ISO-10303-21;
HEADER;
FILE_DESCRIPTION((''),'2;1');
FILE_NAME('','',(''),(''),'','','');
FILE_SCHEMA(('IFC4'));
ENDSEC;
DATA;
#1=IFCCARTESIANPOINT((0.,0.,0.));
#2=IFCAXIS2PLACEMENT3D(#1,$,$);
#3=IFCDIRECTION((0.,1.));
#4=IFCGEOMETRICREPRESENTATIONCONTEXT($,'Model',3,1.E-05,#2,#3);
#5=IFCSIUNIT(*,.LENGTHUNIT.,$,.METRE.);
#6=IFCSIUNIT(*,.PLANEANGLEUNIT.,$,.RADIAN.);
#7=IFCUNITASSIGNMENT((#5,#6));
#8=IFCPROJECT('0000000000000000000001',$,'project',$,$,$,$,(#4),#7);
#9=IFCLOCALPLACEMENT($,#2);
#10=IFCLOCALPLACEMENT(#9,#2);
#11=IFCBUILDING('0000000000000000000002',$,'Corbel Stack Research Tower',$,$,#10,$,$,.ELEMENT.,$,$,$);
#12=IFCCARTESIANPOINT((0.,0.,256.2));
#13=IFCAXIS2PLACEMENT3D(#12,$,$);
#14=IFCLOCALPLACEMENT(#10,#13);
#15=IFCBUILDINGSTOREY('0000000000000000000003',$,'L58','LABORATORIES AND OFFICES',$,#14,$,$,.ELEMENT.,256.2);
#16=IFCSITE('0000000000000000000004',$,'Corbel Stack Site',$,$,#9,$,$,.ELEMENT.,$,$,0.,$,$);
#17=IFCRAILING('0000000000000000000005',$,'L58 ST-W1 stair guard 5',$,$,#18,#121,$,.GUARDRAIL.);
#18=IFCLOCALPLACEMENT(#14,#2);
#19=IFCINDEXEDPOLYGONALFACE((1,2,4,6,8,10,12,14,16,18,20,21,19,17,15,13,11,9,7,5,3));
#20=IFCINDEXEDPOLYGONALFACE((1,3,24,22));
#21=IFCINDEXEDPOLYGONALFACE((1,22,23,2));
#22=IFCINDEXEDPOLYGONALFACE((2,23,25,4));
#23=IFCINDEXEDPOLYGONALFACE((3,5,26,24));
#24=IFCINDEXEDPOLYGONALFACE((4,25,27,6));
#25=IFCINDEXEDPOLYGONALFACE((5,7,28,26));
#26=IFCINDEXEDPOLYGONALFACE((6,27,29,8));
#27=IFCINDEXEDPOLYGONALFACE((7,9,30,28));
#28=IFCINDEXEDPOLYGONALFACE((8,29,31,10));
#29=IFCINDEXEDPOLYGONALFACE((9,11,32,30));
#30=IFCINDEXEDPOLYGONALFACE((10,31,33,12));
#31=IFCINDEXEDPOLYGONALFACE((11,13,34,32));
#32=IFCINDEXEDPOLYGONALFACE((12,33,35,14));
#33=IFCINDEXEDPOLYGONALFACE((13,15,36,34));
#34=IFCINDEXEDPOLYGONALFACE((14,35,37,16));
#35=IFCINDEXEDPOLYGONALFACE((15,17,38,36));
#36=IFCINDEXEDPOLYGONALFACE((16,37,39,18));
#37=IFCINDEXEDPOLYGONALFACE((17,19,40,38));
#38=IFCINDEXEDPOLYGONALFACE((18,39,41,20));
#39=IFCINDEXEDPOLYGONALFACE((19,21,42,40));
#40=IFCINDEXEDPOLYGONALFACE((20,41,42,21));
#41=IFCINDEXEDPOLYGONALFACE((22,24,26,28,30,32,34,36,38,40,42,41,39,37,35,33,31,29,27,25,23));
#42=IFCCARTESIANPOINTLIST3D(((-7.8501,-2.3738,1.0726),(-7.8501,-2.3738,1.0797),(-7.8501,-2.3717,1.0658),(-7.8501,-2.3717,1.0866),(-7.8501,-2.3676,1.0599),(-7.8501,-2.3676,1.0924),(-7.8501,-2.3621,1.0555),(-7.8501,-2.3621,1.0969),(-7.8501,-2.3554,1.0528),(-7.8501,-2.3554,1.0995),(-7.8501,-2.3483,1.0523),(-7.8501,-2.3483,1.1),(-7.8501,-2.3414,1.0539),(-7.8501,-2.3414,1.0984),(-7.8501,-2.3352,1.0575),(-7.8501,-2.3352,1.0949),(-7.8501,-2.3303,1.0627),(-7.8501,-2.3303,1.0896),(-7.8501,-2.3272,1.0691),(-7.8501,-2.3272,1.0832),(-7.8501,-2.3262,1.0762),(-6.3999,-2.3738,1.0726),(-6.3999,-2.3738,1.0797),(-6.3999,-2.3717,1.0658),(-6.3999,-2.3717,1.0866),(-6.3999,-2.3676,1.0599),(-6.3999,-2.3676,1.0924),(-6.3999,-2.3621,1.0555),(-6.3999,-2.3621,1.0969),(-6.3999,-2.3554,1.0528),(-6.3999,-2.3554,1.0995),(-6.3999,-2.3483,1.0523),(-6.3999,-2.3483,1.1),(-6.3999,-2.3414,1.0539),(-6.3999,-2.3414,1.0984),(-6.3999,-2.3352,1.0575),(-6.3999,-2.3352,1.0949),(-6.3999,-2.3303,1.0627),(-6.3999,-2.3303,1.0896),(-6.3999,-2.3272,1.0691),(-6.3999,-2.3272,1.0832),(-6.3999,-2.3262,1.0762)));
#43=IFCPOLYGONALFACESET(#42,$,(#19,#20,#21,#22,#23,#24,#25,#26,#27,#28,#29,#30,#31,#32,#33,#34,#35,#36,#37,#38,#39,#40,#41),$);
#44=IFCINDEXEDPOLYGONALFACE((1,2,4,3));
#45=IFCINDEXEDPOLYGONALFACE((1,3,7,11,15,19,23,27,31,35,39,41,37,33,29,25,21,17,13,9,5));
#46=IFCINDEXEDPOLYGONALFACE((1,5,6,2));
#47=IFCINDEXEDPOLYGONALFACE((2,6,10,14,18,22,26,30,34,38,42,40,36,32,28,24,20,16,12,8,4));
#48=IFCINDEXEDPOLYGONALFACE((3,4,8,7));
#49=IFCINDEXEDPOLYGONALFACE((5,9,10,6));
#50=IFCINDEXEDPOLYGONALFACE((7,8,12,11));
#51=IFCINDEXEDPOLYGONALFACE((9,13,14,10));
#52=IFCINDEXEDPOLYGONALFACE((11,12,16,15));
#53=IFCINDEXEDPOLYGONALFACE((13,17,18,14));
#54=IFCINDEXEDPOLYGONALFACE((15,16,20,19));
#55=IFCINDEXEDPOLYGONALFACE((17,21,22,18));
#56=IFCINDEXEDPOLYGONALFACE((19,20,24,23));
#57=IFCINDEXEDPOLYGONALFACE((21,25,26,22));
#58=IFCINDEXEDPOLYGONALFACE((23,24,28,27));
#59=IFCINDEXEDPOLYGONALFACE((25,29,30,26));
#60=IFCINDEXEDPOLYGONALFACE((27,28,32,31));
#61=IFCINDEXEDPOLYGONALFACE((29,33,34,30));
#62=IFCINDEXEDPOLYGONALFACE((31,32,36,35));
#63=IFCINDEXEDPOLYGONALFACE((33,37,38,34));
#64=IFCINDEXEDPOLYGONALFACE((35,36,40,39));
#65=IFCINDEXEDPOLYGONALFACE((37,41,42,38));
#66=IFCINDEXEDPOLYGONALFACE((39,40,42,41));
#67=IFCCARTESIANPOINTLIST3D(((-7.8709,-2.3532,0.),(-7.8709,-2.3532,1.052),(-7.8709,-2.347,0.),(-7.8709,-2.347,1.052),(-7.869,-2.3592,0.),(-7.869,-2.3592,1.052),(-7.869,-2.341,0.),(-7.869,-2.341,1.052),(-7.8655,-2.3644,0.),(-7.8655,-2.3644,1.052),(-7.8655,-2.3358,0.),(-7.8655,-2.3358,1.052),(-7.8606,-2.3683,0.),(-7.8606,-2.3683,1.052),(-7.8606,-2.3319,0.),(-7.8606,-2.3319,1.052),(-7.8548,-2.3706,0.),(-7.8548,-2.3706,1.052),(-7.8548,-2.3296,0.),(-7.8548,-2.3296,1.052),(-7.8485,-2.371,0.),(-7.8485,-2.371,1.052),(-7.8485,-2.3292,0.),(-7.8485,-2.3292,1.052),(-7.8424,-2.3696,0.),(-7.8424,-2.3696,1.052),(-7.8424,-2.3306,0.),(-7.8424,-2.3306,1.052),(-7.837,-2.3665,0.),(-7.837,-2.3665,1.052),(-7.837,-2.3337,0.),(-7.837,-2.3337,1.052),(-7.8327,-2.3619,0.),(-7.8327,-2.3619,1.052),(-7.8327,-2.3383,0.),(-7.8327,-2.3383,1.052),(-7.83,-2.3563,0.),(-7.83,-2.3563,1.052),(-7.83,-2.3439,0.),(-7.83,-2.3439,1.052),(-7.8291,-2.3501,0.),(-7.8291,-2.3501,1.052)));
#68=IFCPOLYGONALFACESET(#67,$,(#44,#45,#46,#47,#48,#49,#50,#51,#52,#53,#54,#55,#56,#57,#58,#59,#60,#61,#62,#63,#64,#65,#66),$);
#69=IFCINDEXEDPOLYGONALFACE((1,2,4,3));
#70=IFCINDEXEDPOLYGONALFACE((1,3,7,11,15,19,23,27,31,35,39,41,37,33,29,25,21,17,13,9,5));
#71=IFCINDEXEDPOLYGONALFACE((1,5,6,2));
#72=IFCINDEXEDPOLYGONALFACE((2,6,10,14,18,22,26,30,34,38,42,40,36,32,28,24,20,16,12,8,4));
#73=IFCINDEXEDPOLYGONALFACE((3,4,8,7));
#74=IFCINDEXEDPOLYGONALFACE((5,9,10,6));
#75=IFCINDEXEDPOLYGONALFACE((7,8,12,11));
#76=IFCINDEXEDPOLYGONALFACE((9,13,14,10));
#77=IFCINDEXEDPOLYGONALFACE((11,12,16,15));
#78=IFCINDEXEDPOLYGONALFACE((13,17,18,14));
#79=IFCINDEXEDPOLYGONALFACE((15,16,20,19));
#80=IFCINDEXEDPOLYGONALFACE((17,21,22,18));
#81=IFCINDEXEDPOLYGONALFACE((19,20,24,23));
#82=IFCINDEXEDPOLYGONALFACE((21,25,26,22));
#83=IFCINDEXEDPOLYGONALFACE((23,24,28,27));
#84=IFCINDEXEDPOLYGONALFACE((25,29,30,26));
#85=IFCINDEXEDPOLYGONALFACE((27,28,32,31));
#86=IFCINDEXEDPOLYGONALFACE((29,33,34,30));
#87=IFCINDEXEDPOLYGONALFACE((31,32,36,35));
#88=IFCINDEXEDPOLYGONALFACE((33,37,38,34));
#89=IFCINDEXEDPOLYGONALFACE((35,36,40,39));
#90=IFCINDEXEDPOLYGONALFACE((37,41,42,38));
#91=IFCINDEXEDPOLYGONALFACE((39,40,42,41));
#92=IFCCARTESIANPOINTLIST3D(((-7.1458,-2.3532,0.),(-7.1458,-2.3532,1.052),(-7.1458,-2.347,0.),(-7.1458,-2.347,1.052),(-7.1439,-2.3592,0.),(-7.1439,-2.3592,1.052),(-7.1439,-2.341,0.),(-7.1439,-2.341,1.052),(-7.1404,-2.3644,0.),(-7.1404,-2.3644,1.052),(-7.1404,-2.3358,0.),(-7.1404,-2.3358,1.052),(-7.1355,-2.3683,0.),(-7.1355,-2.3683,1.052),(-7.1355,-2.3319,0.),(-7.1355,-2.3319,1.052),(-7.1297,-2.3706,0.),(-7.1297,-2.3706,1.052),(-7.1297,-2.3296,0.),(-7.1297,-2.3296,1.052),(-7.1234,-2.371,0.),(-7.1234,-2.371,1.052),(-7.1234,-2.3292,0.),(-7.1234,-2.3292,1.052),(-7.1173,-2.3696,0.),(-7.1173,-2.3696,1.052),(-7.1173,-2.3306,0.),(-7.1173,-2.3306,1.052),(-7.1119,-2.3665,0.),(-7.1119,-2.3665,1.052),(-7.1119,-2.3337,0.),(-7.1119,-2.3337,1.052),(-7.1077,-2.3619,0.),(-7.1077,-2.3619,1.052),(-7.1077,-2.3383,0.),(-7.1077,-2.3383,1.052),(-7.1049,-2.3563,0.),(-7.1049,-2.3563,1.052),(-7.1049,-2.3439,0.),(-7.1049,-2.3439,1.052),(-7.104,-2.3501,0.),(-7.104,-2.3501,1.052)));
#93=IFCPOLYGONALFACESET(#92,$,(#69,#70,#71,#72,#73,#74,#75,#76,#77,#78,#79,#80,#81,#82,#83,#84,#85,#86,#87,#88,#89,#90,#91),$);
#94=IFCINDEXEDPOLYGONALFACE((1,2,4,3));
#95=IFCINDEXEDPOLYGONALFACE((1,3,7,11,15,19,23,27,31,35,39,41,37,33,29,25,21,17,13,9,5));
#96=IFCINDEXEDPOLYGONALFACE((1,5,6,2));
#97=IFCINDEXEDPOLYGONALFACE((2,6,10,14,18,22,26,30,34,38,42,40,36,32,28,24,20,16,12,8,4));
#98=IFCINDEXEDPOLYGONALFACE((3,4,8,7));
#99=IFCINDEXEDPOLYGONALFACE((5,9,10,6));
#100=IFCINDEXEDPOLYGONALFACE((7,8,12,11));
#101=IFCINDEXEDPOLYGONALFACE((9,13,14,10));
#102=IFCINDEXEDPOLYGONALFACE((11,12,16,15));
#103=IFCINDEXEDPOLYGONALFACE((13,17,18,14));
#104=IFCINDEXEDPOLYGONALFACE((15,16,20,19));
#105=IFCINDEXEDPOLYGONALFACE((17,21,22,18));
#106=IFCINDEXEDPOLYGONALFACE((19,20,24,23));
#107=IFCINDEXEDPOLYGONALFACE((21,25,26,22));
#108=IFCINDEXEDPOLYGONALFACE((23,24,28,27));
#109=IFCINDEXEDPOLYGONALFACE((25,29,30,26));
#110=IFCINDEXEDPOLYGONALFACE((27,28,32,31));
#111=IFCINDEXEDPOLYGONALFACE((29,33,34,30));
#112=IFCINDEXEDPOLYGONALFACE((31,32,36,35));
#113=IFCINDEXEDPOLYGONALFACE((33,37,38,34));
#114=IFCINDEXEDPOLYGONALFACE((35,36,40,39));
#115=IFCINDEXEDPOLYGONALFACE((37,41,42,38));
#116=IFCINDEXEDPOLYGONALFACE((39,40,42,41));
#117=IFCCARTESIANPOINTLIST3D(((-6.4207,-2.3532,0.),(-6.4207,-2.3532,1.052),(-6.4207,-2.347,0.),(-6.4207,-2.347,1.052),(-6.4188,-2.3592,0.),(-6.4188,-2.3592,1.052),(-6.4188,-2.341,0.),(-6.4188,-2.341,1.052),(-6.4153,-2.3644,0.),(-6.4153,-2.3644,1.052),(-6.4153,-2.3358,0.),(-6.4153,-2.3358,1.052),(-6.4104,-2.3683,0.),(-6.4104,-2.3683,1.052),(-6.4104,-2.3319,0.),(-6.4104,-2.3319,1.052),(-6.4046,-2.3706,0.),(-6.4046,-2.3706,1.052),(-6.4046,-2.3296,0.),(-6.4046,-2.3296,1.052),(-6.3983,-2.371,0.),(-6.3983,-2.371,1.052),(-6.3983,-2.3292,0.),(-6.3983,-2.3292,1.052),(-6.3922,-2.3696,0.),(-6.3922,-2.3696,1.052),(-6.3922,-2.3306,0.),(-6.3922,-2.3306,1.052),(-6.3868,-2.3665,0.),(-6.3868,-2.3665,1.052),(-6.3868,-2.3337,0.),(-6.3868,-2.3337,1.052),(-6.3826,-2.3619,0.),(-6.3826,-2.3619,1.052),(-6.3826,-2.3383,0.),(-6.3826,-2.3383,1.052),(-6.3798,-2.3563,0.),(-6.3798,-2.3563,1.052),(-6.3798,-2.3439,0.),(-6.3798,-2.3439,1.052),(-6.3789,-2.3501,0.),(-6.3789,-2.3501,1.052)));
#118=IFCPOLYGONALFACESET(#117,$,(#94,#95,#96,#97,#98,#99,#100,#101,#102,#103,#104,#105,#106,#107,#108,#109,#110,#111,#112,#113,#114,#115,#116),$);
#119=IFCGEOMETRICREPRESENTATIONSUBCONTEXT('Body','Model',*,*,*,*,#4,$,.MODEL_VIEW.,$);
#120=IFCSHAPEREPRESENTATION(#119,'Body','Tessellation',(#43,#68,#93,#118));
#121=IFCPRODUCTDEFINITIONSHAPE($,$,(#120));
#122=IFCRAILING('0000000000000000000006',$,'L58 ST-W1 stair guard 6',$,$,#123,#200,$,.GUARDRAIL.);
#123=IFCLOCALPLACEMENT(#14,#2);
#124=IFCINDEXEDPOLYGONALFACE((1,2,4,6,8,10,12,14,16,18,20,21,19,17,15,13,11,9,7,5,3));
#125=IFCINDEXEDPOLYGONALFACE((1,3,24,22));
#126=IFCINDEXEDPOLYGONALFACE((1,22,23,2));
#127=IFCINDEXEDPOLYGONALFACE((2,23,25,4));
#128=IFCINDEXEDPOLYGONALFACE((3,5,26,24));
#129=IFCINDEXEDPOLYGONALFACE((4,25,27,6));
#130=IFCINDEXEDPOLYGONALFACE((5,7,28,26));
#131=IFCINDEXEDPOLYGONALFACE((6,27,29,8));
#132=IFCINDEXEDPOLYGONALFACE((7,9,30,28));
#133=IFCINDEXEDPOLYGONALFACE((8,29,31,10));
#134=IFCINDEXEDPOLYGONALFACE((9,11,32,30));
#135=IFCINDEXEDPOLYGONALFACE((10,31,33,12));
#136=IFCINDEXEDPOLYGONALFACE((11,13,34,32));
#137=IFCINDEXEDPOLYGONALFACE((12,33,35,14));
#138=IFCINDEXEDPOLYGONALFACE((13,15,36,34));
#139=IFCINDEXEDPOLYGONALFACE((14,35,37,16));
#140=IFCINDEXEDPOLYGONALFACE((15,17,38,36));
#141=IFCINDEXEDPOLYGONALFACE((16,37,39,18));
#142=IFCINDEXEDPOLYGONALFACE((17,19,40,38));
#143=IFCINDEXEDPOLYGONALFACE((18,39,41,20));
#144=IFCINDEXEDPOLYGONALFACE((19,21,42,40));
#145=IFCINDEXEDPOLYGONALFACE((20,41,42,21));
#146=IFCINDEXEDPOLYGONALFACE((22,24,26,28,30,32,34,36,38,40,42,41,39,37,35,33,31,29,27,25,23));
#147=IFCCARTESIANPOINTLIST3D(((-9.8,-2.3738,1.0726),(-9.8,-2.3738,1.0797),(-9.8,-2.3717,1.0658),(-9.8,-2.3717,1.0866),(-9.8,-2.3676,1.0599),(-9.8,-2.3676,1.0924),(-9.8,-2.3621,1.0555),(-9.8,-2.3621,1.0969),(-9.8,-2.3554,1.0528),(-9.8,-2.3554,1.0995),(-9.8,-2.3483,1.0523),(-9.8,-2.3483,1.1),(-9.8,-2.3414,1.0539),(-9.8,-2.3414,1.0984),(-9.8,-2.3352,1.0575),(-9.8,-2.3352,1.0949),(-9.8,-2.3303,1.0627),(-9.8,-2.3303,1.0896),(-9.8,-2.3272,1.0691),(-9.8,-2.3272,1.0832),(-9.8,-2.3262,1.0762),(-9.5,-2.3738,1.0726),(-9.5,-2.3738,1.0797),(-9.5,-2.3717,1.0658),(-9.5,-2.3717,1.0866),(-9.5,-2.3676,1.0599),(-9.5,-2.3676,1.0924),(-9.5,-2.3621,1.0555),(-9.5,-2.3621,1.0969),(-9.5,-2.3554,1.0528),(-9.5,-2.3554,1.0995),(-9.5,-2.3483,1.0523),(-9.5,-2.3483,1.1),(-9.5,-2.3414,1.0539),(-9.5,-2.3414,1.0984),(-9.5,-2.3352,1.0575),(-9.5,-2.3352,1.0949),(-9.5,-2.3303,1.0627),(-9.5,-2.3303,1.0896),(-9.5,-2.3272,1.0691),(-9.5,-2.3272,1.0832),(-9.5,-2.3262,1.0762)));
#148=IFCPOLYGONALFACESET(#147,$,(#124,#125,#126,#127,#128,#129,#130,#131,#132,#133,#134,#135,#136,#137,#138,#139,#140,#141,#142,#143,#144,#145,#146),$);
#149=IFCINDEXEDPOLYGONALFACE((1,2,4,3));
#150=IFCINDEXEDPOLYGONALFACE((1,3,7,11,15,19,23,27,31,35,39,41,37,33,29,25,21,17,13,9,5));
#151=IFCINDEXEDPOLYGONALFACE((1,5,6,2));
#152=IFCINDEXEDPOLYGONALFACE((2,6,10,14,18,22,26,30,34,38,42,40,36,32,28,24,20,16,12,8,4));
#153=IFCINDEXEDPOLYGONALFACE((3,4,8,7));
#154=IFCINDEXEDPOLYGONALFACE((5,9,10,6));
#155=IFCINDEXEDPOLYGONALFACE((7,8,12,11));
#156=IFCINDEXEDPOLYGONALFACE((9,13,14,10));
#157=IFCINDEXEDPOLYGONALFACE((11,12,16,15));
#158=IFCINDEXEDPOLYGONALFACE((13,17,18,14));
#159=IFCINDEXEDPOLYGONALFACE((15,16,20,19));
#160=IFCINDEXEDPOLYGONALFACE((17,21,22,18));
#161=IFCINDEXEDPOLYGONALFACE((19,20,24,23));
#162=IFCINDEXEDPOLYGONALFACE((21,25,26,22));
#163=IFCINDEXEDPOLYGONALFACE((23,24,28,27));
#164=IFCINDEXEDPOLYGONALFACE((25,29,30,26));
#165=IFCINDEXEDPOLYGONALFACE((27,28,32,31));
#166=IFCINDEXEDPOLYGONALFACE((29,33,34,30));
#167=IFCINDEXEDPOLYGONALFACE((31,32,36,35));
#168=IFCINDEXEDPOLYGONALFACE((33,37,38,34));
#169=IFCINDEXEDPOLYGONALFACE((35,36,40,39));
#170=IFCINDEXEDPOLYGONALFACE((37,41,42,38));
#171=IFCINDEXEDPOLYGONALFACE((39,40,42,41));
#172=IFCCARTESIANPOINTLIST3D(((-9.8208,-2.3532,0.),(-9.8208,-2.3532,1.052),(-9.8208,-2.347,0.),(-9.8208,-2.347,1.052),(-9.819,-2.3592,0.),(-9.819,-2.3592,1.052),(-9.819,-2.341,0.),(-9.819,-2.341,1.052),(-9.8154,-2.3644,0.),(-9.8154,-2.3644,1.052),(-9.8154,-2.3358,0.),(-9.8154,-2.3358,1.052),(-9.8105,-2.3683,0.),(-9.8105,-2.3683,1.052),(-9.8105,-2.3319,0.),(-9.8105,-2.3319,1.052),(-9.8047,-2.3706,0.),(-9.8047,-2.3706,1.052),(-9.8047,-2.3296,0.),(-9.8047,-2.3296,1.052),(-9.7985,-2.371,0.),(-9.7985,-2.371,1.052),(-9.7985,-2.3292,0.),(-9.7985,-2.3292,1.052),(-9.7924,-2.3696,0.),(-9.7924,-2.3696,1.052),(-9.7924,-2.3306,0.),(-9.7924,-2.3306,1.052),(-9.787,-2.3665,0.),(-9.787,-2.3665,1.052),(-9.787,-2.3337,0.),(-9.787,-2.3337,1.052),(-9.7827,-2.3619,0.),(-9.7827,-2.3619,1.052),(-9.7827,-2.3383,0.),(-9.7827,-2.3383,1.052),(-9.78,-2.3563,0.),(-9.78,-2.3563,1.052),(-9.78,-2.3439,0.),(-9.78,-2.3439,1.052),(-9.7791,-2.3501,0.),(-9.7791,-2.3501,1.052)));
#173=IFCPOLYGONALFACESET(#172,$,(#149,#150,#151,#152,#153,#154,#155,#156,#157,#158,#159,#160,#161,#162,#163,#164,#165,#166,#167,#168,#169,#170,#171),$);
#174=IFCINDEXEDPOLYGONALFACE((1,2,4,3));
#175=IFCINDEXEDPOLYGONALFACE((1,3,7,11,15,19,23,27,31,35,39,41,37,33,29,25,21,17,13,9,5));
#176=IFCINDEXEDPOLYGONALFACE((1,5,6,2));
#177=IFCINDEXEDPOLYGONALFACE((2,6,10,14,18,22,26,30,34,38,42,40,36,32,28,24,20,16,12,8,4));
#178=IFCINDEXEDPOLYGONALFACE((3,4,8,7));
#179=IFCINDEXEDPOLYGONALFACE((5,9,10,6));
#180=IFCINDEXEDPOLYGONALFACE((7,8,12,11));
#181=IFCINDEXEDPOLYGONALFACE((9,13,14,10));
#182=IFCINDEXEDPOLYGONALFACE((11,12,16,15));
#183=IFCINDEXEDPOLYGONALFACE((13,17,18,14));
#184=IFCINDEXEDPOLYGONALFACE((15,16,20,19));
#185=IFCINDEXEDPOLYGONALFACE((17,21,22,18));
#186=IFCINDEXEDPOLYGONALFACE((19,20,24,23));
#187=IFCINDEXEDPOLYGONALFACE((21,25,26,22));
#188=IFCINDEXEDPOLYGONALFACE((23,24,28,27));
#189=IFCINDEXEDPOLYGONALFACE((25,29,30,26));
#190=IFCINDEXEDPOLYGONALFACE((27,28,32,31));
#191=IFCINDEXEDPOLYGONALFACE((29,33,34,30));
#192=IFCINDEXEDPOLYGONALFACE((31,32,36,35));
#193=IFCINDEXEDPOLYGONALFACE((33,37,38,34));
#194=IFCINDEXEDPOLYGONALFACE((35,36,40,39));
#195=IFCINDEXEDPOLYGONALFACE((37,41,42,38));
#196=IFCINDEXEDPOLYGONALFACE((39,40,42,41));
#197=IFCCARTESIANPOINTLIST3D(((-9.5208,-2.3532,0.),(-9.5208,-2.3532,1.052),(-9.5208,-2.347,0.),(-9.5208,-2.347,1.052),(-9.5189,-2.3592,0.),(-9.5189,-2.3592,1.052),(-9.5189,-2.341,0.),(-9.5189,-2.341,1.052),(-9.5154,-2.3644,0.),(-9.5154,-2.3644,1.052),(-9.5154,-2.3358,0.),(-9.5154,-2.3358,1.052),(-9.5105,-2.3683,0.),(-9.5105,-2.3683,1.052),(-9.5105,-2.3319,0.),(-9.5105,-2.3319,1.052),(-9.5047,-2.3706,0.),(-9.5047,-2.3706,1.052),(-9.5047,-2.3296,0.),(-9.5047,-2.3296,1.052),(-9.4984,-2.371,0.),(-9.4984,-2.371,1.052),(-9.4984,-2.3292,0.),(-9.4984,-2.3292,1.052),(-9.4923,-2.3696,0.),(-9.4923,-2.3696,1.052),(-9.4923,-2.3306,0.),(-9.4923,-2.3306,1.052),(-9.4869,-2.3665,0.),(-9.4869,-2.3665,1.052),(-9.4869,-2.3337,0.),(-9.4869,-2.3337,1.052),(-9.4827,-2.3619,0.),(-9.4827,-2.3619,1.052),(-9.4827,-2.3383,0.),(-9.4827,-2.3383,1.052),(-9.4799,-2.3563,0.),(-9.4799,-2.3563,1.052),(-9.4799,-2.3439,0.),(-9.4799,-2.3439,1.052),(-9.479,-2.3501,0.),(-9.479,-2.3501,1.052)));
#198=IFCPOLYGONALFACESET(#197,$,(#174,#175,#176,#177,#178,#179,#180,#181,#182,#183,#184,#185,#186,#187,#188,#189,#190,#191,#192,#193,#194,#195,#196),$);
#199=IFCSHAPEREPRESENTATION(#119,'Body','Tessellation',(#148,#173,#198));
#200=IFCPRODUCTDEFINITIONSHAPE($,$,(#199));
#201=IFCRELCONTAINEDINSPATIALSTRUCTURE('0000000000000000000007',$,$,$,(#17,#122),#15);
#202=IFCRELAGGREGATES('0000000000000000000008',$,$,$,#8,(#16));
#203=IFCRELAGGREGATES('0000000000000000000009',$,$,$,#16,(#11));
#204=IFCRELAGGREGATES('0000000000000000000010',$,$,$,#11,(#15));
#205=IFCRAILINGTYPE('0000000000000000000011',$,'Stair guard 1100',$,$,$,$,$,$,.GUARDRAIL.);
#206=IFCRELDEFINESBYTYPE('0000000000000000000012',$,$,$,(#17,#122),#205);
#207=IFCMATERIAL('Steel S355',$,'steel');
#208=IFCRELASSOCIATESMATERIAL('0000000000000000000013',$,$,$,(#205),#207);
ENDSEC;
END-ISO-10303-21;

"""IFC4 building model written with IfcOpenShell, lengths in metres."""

from ifc_helpers import new_model, si_unit, direction, frame, origin, origin_2d, place, context, subcontext, project, spatial, circle, extrude, material, type_object, element, save


model = new_model("IFC4")

# Units and contexts
model_context = context("Model", 3, precision=1e-05, world=origin(), true_north=direction((0.0, 1.0)))
body_context = subcontext(model_context, "Body", "Model", "MODEL_VIEW")
ifc_project = project(units=[si_unit("LENGTHUNIT", "METRE"), si_unit("PLANEANGLEUNIT", "RADIAN")], contexts=[model_context])

# Site, building, storey
site_placement = place(None, origin())
site = spatial("IfcSite", under=ifc_project, at=site_placement, Name="Corbel Stack Site", CompositionType="ELEMENT", RefElevation=0.0)
building_placement = place(site_placement, origin())
building = spatial("IfcBuilding", under=site, at=building_placement, Name="Corbel Stack Research Tower", CompositionType="ELEMENT")
storey_placement = place(building_placement, frame((0.0, 0.0, 256.2)))
storey = spatial("IfcBuildingStorey", under=building, at=storey_placement, Name="L58", Description="LABORATORIES AND OFFICES", CompositionType="ELEMENT", Elevation=256.2)

# Railings
ifc_material_1 = material(Name="Steel S355", Category="steel")
railing_type_1 = type_object("IfcRailingType", Name="Stair guard 1100", PredefinedType="GUARDRAIL", material=ifc_material_1)
railing_1_placement = place(storey_placement, frame((-7.8501, -2.3501, 0.0)))
element("IfcRailing", 1, at=railing_1_placement, inside=storey, type_object=railing_type_1, Name="L58 ST-W1 stair guard 5", PredefinedType="GUARDRAIL", context=body_context, shape_type="SweptSolid", body=[
    extrude(circle(Radius=0.0239, at=origin_2d()), frame((0.0, 0.0, 1.0762), z_axis=(1.0, 0.0, 0.0), x_axis=(0.0, 1.0, 0.0)), (0.0, 0.0, 1.0), 1.4502),
    extrude(circle(Radius=0.021, at=origin_2d()), origin(), (0.0, 0.0, 1.0), 1.052),
    extrude(circle(Radius=0.021, at=origin_2d()), frame((0.7251, 0.0, 0.0)), (0.0, 0.0, 1.0), 1.052),
    extrude(circle(Radius=0.021, at=origin_2d()), frame((1.4502, 0.0, 0.0)), (0.0, 0.0, 1.0), 1.052),
])
railing_2_placement = place(storey_placement, frame((-9.8, -2.3501, 0.0)))
element("IfcRailing", 2, at=railing_2_placement, inside=storey, type_object=railing_type_1, Name="L58 ST-W1 stair guard 6", PredefinedType="GUARDRAIL", context=body_context, shape_type="SweptSolid", body=[
    extrude(circle(Radius=0.0239, at=origin_2d()), frame((0.0, 0.0, 1.0762), z_axis=(1.0, 0.0, 0.0), x_axis=(0.0, 1.0, 0.0)), (0.0, 0.0, 1.0), 0.3),
    extrude(circle(Radius=0.021, at=origin_2d()), origin(), (0.0, 0.0, 1.0), 1.052),
    extrude(circle(Radius=0.021, at=origin_2d()), frame((0.3, 0.0, 0.0)), (0.0, 0.0, 1.0), 1.052),
])

save(model, "model.ifc")
